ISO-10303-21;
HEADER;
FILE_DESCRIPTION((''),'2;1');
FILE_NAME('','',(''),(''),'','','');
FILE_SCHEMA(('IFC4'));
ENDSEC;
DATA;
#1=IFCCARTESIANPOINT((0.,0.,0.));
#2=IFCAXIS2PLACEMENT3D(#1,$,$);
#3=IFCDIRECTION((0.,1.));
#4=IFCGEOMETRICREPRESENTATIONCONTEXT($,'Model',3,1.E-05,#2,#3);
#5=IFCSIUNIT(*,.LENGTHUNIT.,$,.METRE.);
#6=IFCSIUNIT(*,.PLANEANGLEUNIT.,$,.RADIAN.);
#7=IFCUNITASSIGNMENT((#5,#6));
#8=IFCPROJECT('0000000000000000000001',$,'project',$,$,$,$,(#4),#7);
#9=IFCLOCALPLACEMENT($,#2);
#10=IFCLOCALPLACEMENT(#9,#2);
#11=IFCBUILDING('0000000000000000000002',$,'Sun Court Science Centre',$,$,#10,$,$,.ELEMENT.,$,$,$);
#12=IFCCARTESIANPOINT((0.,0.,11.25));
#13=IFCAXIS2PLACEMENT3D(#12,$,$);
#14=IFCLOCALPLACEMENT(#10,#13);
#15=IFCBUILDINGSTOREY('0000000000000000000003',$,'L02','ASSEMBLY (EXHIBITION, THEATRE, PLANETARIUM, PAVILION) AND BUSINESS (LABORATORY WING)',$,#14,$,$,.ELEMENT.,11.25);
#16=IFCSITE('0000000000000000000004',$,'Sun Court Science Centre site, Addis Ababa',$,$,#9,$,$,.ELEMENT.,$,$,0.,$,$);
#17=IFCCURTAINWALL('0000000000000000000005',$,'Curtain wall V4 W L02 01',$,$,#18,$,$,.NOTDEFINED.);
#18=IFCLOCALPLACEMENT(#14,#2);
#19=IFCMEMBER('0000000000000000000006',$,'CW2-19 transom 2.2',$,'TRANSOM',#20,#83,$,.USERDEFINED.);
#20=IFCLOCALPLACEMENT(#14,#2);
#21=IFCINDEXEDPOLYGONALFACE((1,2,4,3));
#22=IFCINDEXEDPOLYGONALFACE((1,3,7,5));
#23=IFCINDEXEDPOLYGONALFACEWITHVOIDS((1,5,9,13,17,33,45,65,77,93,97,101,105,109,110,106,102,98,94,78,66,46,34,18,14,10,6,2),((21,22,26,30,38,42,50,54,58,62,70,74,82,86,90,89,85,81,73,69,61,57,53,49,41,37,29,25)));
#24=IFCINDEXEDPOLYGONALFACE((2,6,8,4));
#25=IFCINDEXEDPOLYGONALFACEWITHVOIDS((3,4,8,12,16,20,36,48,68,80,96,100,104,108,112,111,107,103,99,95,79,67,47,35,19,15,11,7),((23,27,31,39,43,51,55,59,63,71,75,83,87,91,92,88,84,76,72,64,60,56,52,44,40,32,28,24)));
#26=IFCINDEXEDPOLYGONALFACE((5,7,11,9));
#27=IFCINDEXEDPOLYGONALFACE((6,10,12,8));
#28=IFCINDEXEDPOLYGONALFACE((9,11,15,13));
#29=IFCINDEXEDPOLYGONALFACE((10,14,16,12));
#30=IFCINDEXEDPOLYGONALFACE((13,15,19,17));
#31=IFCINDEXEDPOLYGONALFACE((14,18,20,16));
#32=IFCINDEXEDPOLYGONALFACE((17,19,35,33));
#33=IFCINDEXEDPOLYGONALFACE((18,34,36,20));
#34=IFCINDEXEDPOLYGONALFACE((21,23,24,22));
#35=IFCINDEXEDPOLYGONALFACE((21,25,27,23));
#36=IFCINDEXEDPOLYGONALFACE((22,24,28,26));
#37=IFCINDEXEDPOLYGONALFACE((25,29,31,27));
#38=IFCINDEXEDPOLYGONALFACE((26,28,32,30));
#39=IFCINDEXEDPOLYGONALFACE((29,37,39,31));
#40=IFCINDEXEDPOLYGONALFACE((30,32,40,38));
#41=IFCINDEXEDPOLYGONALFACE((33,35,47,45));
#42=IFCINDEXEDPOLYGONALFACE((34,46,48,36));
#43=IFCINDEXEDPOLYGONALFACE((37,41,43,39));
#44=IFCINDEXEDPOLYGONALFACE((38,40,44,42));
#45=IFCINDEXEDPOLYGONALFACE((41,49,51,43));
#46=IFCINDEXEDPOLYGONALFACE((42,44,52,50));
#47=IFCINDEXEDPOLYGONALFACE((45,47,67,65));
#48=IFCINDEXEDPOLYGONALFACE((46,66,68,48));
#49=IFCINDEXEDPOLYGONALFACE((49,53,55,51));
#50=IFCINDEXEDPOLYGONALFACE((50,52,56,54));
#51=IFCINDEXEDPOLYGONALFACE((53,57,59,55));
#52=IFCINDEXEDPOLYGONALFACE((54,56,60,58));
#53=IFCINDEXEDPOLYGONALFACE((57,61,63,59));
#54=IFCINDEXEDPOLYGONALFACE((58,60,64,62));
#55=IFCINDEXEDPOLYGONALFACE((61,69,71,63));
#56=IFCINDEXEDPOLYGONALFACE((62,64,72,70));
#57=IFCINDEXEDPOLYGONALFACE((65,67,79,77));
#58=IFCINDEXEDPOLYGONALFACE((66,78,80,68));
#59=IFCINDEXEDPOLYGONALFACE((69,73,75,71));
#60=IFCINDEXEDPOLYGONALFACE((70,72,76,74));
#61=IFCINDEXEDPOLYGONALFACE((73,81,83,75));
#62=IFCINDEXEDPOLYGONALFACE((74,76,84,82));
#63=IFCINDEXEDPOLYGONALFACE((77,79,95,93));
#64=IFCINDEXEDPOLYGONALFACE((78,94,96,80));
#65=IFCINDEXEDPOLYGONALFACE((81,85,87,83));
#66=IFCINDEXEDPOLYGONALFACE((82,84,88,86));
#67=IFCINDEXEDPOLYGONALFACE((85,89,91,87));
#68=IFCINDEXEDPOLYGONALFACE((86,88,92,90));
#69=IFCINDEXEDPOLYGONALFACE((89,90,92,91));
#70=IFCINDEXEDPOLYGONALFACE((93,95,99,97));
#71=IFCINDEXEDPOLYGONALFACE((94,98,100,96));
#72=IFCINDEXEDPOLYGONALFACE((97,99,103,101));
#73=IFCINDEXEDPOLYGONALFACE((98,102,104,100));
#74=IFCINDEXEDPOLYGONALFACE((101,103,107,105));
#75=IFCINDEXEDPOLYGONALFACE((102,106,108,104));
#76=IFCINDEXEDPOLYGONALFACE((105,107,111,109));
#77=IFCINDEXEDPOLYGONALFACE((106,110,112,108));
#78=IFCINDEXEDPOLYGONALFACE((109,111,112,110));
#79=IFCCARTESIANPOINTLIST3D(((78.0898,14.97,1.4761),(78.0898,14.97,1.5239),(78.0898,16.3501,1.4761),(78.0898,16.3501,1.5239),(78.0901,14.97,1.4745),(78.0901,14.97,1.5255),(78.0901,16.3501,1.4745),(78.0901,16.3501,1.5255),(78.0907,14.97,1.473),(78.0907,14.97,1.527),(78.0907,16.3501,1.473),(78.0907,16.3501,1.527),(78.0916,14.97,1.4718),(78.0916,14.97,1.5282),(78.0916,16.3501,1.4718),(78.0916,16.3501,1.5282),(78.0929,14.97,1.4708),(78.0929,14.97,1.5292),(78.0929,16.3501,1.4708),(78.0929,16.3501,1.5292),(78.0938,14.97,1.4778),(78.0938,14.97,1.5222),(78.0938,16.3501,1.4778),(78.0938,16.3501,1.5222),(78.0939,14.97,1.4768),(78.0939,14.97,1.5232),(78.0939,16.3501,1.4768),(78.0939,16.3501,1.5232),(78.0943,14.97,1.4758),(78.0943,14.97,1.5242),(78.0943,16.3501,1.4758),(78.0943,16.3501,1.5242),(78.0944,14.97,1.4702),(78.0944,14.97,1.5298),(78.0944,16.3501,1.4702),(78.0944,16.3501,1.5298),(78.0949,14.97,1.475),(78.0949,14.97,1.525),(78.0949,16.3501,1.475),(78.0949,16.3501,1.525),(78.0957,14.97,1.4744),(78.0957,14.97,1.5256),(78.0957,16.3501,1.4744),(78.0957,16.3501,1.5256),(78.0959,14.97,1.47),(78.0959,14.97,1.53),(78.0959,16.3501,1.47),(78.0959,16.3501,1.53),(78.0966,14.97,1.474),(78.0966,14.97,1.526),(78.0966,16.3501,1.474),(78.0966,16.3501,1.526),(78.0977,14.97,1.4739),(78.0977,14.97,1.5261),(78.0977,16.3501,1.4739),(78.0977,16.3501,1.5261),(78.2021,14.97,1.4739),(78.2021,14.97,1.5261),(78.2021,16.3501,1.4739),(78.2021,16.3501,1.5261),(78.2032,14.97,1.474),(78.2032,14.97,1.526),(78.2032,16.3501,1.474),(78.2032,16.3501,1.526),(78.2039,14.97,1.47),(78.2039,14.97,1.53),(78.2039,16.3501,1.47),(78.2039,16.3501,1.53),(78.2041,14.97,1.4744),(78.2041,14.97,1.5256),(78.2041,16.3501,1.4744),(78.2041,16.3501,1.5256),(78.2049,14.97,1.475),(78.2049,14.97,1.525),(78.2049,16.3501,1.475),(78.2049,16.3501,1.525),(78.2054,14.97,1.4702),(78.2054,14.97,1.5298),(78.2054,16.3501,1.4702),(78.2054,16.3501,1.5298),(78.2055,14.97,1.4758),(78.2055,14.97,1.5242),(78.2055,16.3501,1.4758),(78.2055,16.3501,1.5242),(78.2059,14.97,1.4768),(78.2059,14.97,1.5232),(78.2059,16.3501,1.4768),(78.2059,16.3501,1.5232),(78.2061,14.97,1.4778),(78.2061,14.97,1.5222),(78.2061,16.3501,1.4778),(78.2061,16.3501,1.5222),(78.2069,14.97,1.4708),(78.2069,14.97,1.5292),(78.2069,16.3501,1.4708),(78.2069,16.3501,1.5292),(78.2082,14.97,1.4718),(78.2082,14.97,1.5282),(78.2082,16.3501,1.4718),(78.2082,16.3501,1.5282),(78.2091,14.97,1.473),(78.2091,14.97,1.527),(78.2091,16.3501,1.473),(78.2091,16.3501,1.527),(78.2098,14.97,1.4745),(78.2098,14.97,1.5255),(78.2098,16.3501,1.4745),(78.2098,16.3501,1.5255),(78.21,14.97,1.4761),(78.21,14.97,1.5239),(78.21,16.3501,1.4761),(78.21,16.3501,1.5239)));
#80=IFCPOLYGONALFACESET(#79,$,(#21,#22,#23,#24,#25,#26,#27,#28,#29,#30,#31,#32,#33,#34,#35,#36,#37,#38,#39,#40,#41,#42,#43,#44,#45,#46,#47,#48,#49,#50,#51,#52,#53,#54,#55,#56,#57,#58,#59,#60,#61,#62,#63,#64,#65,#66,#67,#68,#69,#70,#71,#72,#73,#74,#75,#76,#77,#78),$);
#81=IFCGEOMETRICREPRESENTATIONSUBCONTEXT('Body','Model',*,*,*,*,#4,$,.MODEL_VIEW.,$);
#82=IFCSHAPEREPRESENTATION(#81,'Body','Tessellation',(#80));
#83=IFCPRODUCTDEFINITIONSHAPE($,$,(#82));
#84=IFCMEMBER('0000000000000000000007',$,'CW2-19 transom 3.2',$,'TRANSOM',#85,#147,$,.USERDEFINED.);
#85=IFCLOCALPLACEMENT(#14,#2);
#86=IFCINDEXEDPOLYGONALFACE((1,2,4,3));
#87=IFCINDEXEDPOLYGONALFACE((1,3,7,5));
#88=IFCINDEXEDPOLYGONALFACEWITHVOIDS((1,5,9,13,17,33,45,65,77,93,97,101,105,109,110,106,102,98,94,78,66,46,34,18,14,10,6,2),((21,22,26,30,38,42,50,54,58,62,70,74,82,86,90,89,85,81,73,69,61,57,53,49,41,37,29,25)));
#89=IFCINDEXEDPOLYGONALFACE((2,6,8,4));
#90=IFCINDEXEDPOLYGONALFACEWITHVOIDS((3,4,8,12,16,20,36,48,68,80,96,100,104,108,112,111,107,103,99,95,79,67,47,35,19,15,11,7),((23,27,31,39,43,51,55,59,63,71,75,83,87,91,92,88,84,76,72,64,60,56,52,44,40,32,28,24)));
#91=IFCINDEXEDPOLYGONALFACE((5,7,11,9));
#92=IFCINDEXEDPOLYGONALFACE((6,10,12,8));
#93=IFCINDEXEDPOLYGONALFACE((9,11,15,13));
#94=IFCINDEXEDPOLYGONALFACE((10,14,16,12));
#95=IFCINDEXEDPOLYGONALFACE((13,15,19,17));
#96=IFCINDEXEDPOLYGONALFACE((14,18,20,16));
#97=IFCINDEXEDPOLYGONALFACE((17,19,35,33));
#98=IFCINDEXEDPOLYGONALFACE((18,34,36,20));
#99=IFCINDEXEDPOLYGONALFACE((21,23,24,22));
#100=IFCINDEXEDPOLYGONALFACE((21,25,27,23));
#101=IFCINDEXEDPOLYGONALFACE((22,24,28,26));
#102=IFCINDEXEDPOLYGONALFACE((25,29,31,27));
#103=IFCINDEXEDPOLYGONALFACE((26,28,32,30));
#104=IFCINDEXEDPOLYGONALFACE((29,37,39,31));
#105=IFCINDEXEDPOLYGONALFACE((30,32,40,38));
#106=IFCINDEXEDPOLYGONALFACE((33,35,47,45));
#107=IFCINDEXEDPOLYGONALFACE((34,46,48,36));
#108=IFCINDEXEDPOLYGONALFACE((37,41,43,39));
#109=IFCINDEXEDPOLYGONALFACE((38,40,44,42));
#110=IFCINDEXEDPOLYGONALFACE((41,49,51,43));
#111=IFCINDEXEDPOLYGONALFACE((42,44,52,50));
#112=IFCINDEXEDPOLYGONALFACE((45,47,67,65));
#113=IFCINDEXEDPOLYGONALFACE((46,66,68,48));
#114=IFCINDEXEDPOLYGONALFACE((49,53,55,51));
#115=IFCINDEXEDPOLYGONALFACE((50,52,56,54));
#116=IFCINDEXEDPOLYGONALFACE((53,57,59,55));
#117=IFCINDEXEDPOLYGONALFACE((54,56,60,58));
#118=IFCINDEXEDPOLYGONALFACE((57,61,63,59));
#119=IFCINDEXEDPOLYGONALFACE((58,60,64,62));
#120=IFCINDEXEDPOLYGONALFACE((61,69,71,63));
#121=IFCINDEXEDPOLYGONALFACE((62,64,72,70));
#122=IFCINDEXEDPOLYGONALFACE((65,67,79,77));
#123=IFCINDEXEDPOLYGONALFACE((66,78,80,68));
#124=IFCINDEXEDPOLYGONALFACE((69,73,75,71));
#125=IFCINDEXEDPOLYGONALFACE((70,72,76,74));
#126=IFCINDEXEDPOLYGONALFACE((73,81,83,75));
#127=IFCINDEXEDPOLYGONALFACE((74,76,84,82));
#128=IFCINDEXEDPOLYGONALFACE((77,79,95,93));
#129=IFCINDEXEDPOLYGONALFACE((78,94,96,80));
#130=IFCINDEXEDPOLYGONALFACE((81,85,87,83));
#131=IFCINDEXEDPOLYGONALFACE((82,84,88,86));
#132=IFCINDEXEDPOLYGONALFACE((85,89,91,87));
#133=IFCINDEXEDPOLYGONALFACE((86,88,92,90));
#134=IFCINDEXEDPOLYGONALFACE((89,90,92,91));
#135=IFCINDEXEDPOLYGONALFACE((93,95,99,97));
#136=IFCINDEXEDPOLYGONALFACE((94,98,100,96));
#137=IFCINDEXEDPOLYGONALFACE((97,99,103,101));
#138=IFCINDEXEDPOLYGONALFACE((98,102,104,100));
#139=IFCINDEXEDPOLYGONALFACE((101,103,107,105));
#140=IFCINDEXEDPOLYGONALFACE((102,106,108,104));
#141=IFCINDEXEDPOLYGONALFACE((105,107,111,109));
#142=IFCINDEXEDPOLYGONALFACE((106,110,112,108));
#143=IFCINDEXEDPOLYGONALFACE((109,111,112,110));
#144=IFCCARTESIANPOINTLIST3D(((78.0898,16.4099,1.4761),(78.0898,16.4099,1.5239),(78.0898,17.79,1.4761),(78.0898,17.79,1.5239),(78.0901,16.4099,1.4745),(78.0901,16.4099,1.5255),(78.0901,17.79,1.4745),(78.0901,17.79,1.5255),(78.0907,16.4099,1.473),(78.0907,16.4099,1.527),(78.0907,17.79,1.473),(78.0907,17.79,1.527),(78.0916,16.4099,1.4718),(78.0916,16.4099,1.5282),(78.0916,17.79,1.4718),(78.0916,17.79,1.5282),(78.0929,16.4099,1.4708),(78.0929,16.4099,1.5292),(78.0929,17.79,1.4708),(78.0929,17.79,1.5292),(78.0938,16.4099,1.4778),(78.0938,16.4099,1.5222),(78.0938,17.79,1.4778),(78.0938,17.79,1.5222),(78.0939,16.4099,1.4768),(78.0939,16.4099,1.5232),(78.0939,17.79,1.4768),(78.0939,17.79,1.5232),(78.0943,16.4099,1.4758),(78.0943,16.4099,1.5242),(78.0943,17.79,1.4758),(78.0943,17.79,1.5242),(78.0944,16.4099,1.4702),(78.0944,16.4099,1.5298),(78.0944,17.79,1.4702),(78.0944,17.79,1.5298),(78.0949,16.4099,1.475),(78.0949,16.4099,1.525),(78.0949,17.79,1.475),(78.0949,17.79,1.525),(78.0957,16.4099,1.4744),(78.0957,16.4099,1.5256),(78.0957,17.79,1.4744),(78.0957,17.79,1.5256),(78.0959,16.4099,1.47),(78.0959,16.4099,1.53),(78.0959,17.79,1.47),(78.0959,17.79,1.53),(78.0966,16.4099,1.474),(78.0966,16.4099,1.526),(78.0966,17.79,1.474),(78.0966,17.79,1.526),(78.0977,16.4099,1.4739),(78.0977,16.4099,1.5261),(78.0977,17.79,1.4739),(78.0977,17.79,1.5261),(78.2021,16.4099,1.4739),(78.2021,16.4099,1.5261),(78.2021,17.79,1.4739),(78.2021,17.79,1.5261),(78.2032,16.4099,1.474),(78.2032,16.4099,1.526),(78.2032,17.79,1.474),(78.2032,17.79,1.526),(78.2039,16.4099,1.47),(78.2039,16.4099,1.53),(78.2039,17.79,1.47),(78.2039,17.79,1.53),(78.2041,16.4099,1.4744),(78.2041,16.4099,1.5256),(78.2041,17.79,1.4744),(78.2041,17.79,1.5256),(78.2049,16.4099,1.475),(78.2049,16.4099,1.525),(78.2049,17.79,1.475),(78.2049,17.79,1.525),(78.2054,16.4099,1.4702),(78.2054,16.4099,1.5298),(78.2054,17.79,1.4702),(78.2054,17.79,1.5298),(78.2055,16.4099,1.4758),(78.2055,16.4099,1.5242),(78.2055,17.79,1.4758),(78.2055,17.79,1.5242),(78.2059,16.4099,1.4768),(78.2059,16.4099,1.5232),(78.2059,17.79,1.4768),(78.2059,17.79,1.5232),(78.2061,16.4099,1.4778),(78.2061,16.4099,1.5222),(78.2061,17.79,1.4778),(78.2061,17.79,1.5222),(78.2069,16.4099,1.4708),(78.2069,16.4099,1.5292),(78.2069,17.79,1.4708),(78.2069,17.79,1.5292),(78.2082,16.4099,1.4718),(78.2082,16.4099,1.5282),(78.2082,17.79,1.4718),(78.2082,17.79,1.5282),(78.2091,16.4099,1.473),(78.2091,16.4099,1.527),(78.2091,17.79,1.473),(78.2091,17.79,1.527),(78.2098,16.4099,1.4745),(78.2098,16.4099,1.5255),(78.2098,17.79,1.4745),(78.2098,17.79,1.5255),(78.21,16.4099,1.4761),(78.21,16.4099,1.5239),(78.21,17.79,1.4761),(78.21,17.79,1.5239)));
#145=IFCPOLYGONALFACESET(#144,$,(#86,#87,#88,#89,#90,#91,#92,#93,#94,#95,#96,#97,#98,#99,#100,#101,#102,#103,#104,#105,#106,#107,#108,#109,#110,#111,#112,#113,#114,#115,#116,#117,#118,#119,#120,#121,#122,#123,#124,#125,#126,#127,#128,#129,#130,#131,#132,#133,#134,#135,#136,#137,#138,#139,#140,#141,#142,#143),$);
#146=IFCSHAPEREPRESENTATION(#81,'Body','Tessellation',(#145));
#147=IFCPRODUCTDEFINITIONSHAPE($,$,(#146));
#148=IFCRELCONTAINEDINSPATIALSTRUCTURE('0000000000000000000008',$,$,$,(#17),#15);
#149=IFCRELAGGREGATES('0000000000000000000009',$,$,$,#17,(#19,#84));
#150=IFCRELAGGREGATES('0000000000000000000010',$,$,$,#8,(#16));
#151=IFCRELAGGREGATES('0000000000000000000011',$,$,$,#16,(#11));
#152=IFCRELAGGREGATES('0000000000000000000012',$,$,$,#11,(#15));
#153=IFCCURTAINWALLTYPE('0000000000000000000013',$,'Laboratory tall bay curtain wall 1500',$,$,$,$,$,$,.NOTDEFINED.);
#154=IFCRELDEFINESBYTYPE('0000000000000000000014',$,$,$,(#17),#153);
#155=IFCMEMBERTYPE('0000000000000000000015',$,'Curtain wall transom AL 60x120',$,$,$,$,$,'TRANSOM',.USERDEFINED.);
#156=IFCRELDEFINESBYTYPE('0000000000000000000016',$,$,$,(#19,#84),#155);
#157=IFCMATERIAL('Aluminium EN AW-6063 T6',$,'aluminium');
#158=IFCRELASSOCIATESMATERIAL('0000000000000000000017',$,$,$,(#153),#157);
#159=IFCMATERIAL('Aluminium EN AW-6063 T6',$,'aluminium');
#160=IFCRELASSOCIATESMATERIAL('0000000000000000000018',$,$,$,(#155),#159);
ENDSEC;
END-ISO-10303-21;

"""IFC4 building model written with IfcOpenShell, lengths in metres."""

from ifc_helpers import new_model, si_unit, direction, frame, origin, origin_2d, place, context, subcontext, project, spatial, hollow_rectangle, extrude, material, material_profile, profile_set, type_object, element, aggregate, save


model = new_model("IFC4")

# Units and contexts
model_context = context("Model", 3, precision=1e-05, world=origin(), true_north=direction((0.0, 1.0)))
body_context = subcontext(model_context, "Body", "Model", "MODEL_VIEW")
ifc_project = project(units=[si_unit("LENGTHUNIT", "METRE"), si_unit("PLANEANGLEUNIT", "RADIAN")], contexts=[model_context])

# Site, building, storey
site_placement = place(None, origin())
site = spatial("IfcSite", under=ifc_project, at=site_placement, Name="Sun Court Science Centre site, Addis Ababa", CompositionType="ELEMENT", RefElevation=0.0)
building_placement = place(site_placement, origin())
building = spatial("IfcBuilding", under=site, at=building_placement, Name="Sun Court Science Centre", CompositionType="ELEMENT")
storey_placement = place(building_placement, frame((0.0, 0.0, 11.25)))
storey = spatial("IfcBuildingStorey", under=building, at=storey_placement, Name="L02", Description="ASSEMBLY (EXHIBITION, THEATRE, PLANETARIUM, PAVILION) AND BUSINESS (LABORATORY WING)", CompositionType="ELEMENT", Elevation=11.25)

# Curtain wall, members
ifc_material_1 = material(Name="Aluminium EN AW-6063 T6", Category="aluminium")
curtain_wall_type = type_object("IfcCurtainWallType", Name="Laboratory tall bay curtain wall 1500", PredefinedType="NOTDEFINED", material=ifc_material_1)
curtain_wall_placement = place(storey_placement, origin())
curtain_wall = element("IfcCurtainWall", 1, at=curtain_wall_placement, inside=storey, type_object=curtain_wall_type, Name="Curtain wall V4 W L02 01", PredefinedType="NOTDEFINED")
ifc_material_2 = material(Name="Aluminium EN AW-6063 T6", Category="aluminium")
ifc_material_profile_1 = material_profile(ifc_material_2, hollow_rectangle(XDim=0.0601, YDim=0.1201, WallThickness=0.0039, InnerFilletRadius=0.0039, OuterFilletRadius=0.0061, at=origin_2d()), Name="AL 60x120x4")
ifc_profile_set_1 = profile_set([ifc_material_profile_1], Name="Aluminium EN AW-6063 T6")
member_type_1 = type_object("IfcMemberType", Name="Curtain wall transom AL 60x120", ElementType="TRANSOM", PredefinedType="USERDEFINED", material=ifc_profile_set_1)
member_1_placement = place(storey_placement, frame((78.1499, 14.97, 1.5), z_axis=(0.0, 1.0, 0.0), x_axis=(0.0, 0.0, 1.0)))
member_1 = element("IfcMember", 2, at=member_1_placement, type_object=member_type_1, Name="CW2-19 transom 2.2", ObjectType="TRANSOM", PredefinedType="USERDEFINED", context=body_context, shape_type="SweptSolid", body=[
    extrude(hollow_rectangle(XDim=0.0601, YDim=0.1201, WallThickness=0.0039, InnerFilletRadius=0.0039, OuterFilletRadius=0.0061, at=origin_2d()), origin(), (0.0, 0.0, 1.0), 1.3801),
])
member_2_placement = place(storey_placement, frame((78.1499, 16.4099, 1.5), z_axis=(0.0, 1.0, 0.0), x_axis=(0.0, 0.0, 1.0)))
member_2 = element("IfcMember", 3, at=member_2_placement, type_object=member_type_1, Name="CW2-19 transom 3.2", ObjectType="TRANSOM", PredefinedType="USERDEFINED", context=body_context, shape_type="SweptSolid", body=[
    extrude(hollow_rectangle(XDim=0.0601, YDim=0.1201, WallThickness=0.0039, InnerFilletRadius=0.0039, OuterFilletRadius=0.0061, at=origin_2d()), origin(), (0.0, 0.0, 1.0), 1.3801),
])

aggregate(curtain_wall, [member_1, member_2])

save(model, "model.ifc")
